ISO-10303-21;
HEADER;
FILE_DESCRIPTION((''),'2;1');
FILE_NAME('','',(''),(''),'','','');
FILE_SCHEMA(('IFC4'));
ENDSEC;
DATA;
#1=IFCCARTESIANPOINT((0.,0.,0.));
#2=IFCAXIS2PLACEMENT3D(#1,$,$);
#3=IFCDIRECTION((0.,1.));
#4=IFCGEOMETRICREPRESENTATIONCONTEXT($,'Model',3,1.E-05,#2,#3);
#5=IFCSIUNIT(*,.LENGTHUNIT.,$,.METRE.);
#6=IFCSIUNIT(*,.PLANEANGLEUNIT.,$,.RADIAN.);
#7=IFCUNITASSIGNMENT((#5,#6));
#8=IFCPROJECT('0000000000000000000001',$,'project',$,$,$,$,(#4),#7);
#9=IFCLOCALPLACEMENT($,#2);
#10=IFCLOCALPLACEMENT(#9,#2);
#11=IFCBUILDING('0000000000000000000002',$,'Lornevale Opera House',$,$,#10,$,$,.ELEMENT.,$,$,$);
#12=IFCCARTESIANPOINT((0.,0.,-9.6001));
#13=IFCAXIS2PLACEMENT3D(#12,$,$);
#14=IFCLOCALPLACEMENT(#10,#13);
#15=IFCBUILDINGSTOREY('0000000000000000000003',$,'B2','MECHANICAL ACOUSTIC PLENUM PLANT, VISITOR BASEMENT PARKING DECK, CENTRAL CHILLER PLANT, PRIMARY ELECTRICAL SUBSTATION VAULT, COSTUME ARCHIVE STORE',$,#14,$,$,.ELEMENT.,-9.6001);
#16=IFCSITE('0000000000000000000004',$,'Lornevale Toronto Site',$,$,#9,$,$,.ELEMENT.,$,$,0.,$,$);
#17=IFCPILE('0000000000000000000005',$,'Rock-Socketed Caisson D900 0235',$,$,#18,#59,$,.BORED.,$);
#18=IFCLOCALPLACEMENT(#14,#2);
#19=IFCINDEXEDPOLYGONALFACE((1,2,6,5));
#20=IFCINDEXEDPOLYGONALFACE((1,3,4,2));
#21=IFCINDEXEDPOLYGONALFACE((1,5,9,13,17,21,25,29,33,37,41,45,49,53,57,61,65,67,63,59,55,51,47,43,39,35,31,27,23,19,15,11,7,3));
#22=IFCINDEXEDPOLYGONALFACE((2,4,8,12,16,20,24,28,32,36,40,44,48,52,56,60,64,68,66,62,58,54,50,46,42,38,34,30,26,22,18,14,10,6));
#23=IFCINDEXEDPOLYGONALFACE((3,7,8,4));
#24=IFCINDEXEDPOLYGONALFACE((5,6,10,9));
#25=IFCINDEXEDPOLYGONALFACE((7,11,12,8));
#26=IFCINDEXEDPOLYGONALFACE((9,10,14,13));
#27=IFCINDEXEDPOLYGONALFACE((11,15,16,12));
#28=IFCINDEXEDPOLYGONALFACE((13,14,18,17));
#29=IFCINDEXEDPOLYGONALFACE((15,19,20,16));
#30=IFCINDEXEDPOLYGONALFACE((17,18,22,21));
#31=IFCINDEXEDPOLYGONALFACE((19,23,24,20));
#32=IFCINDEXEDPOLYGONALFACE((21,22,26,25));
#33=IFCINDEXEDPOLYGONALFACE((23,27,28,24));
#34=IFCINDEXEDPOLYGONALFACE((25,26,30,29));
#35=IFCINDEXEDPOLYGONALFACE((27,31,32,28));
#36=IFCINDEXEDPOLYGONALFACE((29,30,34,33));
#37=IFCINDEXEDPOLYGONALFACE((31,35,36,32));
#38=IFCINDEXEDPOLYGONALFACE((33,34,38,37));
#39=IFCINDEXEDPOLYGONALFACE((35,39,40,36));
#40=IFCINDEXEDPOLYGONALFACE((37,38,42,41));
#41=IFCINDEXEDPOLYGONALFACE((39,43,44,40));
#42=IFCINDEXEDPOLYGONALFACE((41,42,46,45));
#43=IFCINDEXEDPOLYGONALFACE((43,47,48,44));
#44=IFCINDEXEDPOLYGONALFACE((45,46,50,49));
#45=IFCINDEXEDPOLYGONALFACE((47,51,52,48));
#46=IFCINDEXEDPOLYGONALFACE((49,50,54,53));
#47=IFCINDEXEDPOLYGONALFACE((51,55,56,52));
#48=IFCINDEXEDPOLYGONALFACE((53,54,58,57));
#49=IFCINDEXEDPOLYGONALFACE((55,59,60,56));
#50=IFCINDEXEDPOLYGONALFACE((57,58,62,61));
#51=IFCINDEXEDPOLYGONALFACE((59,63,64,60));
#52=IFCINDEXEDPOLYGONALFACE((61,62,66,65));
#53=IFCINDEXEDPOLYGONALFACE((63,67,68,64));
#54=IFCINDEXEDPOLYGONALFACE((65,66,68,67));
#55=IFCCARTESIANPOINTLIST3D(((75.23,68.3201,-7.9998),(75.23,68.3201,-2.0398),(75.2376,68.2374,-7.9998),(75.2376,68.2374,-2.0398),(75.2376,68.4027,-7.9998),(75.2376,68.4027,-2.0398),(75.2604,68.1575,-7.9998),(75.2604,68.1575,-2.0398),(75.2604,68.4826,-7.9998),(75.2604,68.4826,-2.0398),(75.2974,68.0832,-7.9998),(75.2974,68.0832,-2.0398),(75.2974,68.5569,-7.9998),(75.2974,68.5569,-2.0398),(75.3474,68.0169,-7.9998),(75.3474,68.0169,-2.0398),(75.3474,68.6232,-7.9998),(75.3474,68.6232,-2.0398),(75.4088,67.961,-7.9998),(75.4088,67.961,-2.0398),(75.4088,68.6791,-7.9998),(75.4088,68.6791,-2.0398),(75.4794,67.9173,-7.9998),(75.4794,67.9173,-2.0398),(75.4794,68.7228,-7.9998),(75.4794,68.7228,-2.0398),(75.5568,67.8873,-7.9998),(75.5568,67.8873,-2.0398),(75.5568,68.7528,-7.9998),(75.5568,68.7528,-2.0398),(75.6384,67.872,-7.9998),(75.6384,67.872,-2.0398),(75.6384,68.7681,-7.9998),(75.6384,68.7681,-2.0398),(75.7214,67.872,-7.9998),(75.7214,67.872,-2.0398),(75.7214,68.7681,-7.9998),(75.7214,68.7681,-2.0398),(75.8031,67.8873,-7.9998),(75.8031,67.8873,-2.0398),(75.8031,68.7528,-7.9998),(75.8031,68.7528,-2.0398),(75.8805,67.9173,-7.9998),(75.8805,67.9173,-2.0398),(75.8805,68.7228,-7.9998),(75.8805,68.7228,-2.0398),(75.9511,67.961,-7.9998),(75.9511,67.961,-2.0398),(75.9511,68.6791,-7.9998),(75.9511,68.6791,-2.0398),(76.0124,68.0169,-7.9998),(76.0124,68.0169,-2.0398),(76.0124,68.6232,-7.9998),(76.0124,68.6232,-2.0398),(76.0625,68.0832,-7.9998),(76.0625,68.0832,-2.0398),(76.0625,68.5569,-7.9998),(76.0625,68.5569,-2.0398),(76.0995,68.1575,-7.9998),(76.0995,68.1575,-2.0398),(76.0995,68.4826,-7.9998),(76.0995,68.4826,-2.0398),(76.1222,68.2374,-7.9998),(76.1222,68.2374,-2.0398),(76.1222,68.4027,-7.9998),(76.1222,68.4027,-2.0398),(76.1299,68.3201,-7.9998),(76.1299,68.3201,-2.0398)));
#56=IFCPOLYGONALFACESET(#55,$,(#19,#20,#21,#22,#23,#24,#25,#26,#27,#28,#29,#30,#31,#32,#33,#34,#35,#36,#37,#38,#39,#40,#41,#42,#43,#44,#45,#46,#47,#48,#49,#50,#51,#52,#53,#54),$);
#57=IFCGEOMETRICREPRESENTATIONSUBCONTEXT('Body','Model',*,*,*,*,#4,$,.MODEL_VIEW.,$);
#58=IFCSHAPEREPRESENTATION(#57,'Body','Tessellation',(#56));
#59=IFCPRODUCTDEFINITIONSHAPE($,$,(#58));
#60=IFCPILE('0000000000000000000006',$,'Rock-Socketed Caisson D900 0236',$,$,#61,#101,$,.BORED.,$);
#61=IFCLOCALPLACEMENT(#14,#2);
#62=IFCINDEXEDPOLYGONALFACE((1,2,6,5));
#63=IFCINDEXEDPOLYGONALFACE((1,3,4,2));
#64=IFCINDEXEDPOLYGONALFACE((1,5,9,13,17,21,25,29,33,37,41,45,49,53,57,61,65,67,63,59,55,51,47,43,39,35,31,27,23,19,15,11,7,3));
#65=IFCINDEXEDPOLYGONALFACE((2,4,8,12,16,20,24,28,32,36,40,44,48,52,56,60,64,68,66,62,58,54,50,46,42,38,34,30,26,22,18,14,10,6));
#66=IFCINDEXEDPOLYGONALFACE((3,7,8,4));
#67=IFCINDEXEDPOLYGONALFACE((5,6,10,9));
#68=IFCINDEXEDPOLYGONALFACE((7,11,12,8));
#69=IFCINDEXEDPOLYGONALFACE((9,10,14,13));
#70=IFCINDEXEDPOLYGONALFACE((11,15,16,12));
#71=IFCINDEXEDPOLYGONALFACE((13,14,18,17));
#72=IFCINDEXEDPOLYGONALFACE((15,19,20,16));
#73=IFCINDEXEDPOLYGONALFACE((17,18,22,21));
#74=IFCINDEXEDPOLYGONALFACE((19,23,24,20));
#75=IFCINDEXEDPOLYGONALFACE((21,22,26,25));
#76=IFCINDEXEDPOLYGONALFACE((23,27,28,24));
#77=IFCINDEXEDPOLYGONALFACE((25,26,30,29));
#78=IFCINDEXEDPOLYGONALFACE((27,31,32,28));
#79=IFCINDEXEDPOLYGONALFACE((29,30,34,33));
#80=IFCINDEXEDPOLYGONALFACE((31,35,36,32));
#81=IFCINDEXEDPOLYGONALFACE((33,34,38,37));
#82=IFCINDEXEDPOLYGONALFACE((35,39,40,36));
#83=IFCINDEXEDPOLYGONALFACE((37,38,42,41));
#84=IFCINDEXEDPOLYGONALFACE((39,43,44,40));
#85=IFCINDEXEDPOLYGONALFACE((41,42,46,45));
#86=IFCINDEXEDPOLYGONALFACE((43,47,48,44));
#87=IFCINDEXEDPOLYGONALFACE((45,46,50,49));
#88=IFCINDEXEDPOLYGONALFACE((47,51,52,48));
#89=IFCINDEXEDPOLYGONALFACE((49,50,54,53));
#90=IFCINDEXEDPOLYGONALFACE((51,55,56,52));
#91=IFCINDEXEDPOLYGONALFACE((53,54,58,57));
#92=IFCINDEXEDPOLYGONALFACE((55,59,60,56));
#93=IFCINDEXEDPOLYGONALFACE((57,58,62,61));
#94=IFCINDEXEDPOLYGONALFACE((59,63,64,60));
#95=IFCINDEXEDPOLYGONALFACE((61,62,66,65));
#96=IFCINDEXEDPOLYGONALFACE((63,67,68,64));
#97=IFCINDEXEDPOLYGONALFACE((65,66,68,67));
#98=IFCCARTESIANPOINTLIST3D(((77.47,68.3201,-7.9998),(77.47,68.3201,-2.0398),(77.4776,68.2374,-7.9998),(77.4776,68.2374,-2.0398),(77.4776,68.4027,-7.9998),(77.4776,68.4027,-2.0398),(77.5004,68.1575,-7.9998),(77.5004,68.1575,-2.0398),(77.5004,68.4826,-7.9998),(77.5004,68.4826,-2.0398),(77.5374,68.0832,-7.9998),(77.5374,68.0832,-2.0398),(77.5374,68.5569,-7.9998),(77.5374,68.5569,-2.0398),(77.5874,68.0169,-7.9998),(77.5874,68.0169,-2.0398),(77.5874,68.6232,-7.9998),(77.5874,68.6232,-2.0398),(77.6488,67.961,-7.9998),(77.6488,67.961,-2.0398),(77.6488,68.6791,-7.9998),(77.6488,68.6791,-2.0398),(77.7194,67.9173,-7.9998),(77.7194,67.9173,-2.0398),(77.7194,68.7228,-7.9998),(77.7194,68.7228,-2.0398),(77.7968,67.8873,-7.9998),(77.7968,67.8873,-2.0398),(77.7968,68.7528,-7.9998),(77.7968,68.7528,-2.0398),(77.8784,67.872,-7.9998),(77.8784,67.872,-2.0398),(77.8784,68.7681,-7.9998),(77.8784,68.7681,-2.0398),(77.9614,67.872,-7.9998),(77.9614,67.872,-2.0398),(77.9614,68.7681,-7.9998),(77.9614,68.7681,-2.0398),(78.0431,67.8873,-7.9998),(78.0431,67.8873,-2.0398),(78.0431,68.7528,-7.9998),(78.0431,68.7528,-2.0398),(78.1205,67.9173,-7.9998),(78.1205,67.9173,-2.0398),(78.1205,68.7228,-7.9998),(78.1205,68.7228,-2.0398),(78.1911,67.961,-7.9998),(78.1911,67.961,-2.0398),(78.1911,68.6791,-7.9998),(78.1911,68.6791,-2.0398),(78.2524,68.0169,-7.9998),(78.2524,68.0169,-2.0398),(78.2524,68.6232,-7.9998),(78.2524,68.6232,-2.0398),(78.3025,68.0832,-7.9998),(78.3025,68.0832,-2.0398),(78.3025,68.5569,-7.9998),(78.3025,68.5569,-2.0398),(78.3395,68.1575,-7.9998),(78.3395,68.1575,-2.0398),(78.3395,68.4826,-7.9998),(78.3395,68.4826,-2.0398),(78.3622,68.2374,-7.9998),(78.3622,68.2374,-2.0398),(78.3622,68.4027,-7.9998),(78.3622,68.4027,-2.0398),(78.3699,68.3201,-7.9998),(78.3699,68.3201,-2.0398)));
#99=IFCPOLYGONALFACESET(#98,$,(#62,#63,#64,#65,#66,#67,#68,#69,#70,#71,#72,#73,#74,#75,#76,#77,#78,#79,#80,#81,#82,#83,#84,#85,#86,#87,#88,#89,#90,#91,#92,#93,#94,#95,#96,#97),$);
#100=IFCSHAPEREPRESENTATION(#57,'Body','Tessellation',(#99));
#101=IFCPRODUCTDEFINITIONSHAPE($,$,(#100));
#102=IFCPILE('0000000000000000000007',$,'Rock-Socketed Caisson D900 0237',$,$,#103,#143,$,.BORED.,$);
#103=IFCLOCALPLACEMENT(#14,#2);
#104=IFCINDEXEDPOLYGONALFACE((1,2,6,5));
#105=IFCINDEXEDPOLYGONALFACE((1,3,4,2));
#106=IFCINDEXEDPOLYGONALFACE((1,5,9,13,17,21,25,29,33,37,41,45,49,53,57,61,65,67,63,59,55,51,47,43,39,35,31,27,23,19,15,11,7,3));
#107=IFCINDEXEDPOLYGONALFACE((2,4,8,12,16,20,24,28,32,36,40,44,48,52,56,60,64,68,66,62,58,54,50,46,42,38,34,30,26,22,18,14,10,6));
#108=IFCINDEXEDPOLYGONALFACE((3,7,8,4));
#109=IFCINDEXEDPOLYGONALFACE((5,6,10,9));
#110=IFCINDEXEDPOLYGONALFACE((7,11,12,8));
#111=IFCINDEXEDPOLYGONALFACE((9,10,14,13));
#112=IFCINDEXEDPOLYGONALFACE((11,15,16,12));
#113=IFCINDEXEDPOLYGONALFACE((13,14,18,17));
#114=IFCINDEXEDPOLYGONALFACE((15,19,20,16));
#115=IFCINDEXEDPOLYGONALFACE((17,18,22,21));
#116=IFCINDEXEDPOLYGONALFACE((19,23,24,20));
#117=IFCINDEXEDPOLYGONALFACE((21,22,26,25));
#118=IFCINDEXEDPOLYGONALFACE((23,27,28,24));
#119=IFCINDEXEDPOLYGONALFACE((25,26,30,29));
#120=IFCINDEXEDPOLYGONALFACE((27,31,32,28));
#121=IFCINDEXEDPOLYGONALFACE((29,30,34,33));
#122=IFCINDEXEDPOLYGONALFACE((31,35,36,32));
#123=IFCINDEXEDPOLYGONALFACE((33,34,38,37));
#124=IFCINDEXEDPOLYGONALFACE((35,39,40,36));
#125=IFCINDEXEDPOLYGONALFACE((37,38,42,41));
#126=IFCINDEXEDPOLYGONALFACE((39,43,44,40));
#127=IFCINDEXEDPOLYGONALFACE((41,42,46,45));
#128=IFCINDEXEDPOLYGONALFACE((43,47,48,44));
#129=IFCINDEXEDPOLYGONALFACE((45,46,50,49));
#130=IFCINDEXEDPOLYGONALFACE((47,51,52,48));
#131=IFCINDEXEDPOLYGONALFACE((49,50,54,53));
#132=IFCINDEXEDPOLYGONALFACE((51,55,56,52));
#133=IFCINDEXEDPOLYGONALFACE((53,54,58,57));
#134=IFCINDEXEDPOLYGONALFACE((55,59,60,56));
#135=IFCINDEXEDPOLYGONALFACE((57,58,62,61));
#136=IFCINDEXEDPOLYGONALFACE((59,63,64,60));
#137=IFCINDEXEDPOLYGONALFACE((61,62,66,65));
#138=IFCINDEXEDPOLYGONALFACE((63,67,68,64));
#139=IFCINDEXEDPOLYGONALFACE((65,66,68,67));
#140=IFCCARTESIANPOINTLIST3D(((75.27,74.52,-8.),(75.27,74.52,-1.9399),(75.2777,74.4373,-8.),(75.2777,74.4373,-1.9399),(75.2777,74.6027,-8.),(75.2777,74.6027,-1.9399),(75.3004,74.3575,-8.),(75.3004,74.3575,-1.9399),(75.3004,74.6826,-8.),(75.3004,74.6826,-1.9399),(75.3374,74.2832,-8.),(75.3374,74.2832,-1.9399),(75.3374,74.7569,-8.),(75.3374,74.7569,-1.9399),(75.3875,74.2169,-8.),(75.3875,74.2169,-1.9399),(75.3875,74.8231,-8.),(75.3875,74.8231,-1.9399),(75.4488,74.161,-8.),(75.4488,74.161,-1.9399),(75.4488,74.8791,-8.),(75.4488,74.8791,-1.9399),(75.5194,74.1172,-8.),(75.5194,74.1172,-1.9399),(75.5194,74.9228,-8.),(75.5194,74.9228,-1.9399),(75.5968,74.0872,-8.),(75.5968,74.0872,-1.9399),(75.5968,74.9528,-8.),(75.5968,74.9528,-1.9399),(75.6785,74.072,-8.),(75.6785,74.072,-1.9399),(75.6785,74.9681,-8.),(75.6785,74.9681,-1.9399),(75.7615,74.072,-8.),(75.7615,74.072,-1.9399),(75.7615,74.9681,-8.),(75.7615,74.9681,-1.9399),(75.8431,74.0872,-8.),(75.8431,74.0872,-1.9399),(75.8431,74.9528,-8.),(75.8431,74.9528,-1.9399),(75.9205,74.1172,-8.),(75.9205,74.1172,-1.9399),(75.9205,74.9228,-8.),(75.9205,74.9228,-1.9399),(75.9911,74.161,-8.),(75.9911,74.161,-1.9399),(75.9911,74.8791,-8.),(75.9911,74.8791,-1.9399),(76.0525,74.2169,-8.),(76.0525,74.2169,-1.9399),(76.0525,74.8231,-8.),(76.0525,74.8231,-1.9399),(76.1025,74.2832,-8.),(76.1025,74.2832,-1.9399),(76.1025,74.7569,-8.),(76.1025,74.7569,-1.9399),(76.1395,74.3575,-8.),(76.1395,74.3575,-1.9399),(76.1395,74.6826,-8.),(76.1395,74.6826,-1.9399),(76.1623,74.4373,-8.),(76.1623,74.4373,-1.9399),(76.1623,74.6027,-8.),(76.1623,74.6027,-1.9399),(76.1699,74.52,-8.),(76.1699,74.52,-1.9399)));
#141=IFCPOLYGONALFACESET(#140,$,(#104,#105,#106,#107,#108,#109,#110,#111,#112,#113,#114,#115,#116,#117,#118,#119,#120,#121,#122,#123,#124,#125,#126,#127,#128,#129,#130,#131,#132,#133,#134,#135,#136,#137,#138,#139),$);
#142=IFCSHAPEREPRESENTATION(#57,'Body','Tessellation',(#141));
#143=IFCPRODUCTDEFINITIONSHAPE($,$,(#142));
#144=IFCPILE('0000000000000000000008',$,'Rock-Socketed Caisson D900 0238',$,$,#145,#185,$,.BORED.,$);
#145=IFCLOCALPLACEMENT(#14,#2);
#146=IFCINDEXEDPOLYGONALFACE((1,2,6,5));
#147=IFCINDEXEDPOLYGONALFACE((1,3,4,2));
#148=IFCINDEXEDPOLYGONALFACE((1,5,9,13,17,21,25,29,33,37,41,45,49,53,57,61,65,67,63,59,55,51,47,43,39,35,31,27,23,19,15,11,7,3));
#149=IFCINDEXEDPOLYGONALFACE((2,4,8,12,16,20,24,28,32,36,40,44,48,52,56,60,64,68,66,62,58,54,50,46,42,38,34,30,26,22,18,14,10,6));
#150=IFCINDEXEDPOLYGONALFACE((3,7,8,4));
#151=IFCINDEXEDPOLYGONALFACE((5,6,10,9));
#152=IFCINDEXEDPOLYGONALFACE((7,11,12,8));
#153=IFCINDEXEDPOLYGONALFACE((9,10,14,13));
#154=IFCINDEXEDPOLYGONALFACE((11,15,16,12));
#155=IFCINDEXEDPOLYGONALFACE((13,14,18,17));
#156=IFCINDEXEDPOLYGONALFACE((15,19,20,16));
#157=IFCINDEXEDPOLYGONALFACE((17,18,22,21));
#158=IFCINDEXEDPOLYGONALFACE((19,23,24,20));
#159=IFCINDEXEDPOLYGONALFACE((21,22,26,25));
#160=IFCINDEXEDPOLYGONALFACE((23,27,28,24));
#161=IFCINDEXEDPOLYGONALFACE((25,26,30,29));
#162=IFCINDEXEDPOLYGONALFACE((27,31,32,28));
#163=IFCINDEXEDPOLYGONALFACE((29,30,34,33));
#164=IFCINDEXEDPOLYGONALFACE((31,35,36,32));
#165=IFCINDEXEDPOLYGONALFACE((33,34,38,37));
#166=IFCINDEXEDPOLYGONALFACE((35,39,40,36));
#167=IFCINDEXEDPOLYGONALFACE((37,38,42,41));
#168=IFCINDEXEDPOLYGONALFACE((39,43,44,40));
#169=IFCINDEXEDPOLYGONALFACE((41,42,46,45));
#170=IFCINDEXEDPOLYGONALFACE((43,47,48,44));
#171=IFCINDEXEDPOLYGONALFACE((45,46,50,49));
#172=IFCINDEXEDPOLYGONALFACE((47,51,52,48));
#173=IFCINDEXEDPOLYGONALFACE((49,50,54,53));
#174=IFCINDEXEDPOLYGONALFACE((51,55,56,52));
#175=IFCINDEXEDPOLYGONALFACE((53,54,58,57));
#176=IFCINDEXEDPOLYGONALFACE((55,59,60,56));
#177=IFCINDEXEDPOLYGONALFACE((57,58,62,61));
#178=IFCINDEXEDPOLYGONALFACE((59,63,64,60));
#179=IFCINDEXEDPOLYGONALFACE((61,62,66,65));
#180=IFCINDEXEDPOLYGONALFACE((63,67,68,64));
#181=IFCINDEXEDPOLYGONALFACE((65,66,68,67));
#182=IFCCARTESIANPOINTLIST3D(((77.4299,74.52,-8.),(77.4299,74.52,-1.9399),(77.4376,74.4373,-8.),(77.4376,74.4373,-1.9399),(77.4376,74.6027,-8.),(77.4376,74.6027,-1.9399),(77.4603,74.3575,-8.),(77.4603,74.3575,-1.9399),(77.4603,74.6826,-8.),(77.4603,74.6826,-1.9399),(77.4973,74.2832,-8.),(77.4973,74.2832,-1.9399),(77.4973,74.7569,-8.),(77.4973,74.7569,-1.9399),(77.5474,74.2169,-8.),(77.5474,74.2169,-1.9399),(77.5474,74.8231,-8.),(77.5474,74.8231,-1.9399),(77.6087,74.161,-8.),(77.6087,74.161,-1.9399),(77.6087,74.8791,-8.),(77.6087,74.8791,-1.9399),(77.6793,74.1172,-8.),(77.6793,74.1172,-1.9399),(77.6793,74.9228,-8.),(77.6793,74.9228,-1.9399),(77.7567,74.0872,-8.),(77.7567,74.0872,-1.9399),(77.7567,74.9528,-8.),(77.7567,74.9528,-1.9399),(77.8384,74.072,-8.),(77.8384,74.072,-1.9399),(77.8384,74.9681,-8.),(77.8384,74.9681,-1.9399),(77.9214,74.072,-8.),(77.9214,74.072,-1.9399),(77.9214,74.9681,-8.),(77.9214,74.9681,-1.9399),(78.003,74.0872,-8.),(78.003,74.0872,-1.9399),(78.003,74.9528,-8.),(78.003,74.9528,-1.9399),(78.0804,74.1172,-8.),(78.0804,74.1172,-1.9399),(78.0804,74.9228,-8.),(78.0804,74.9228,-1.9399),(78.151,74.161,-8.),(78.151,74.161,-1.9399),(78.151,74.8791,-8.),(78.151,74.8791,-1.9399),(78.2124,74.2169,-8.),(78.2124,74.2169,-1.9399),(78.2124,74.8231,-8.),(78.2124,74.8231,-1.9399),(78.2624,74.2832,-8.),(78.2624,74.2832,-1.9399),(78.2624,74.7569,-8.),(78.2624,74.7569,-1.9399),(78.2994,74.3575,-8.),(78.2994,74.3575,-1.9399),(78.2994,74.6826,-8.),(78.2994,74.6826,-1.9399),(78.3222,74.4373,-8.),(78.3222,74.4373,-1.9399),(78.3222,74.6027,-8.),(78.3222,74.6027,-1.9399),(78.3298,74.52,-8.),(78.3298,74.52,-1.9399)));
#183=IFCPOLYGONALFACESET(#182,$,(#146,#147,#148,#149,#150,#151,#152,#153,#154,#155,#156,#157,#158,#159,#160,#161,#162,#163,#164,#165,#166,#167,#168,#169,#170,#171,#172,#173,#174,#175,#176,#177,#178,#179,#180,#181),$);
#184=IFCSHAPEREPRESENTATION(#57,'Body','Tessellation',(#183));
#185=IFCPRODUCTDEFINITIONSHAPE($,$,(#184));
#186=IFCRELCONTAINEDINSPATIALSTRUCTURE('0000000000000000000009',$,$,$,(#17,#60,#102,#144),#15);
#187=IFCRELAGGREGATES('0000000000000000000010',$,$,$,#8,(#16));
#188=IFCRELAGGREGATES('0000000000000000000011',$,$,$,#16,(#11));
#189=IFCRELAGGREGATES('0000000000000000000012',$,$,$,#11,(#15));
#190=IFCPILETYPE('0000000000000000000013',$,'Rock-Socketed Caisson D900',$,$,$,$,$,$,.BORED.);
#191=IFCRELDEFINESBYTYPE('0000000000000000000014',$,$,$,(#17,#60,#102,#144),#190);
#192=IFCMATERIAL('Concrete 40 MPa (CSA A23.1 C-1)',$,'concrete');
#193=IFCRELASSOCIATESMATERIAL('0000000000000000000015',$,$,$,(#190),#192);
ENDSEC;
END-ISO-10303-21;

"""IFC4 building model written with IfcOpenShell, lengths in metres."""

from ifc_helpers import new_model, si_unit, direction, frame, origin, origin_2d, place, context, subcontext, project, spatial, circle, extrude, material, material_profile, profile_set, type_object, element, save


model = new_model("IFC4")

# Units and contexts
model_context = context("Model", 3, precision=1e-05, world=origin(), true_north=direction((0.0, 1.0)))
body_context = subcontext(model_context, "Body", "Model", "MODEL_VIEW")
ifc_project = project(units=[si_unit("LENGTHUNIT", "METRE"), si_unit("PLANEANGLEUNIT", "RADIAN")], contexts=[model_context])

# Site, building, storey
site_placement = place(None, origin())
site = spatial("IfcSite", under=ifc_project, at=site_placement, Name="Lornevale Toronto Site", CompositionType="ELEMENT", RefElevation=0.0)
building_placement = place(site_placement, origin())
building = spatial("IfcBuilding", under=site, at=building_placement, Name="Lornevale Opera House", CompositionType="ELEMENT")
storey_placement = place(building_placement, frame((0.0, 0.0, -9.6001)))
storey = spatial("IfcBuildingStorey", under=building, at=storey_placement, Name="B2", Description="MECHANICAL ACOUSTIC PLENUM PLANT, VISITOR BASEMENT PARKING DECK, CENTRAL CHILLER PLANT, PRIMARY ELECTRICAL SUBSTATION VAULT, COSTUME ARCHIVE STORE", CompositionType="ELEMENT", Elevation=-9.6001)

# Piles
ifc_material_1 = material(Name="Concrete 40 MPa (CSA A23.1 C-1)", Category="concrete")
ifc_material_profile_1 = material_profile(ifc_material_1, circle(Radius=0.45, at=origin_2d()), Name="CAIS900")
ifc_profile_set_1 = profile_set([ifc_material_profile_1], Name="Concrete 40 MPa (CSA A23.1 C-1)")
pile_type_1 = type_object("IfcPileType", Name="Rock-Socketed Caisson D900", PredefinedType="BORED", material=ifc_profile_set_1)
for number, where, z_axis, x_axis, name in (
    (1, (75.6799, 68.3201, -2.0398), (0.0, 0.0, -1.0), (1.0, 0.0, 0.0), "Rock-Socketed Caisson D900 0235"),
    (2, (77.9199, 68.3201, -2.0398), (0.0, 0.0, -1.0), (1.0, 0.0, 0.0), "Rock-Socketed Caisson D900 0236"),
):
    element("IfcPile", number, at=place(storey_placement, frame(where, z_axis=z_axis, x_axis=x_axis)), inside=storey, type_object=pile_type_1, Name=name, PredefinedType="BORED", context=body_context, shape_type="SweptSolid", body=[
        extrude(circle(Radius=0.45, at=origin_2d()), origin(), (0.0, 0.0, 1.0), 5.96),
    ])
for number, where, z_axis, x_axis, name in (
    (3, (75.72, 74.52, -1.9399), (0.0, 0.0, -1.0), (1.0, 0.0, 0.0), "Rock-Socketed Caisson D900 0237"),
    (4, (77.8799, 74.52, -1.9399), (0.0, 0.0, -1.0), (1.0, 0.0, 0.0), "Rock-Socketed Caisson D900 0238"),
):
    element("IfcPile", number, at=place(storey_placement, frame(where, z_axis=z_axis, x_axis=x_axis)), inside=storey, type_object=pile_type_1, Name=name, PredefinedType="BORED", context=body_context, shape_type="SweptSolid", body=[
        extrude(circle(Radius=0.45, at=origin_2d()), origin(), (0.0, 0.0, 1.0), 6.0601),
    ])

save(model, "model.ifc")
